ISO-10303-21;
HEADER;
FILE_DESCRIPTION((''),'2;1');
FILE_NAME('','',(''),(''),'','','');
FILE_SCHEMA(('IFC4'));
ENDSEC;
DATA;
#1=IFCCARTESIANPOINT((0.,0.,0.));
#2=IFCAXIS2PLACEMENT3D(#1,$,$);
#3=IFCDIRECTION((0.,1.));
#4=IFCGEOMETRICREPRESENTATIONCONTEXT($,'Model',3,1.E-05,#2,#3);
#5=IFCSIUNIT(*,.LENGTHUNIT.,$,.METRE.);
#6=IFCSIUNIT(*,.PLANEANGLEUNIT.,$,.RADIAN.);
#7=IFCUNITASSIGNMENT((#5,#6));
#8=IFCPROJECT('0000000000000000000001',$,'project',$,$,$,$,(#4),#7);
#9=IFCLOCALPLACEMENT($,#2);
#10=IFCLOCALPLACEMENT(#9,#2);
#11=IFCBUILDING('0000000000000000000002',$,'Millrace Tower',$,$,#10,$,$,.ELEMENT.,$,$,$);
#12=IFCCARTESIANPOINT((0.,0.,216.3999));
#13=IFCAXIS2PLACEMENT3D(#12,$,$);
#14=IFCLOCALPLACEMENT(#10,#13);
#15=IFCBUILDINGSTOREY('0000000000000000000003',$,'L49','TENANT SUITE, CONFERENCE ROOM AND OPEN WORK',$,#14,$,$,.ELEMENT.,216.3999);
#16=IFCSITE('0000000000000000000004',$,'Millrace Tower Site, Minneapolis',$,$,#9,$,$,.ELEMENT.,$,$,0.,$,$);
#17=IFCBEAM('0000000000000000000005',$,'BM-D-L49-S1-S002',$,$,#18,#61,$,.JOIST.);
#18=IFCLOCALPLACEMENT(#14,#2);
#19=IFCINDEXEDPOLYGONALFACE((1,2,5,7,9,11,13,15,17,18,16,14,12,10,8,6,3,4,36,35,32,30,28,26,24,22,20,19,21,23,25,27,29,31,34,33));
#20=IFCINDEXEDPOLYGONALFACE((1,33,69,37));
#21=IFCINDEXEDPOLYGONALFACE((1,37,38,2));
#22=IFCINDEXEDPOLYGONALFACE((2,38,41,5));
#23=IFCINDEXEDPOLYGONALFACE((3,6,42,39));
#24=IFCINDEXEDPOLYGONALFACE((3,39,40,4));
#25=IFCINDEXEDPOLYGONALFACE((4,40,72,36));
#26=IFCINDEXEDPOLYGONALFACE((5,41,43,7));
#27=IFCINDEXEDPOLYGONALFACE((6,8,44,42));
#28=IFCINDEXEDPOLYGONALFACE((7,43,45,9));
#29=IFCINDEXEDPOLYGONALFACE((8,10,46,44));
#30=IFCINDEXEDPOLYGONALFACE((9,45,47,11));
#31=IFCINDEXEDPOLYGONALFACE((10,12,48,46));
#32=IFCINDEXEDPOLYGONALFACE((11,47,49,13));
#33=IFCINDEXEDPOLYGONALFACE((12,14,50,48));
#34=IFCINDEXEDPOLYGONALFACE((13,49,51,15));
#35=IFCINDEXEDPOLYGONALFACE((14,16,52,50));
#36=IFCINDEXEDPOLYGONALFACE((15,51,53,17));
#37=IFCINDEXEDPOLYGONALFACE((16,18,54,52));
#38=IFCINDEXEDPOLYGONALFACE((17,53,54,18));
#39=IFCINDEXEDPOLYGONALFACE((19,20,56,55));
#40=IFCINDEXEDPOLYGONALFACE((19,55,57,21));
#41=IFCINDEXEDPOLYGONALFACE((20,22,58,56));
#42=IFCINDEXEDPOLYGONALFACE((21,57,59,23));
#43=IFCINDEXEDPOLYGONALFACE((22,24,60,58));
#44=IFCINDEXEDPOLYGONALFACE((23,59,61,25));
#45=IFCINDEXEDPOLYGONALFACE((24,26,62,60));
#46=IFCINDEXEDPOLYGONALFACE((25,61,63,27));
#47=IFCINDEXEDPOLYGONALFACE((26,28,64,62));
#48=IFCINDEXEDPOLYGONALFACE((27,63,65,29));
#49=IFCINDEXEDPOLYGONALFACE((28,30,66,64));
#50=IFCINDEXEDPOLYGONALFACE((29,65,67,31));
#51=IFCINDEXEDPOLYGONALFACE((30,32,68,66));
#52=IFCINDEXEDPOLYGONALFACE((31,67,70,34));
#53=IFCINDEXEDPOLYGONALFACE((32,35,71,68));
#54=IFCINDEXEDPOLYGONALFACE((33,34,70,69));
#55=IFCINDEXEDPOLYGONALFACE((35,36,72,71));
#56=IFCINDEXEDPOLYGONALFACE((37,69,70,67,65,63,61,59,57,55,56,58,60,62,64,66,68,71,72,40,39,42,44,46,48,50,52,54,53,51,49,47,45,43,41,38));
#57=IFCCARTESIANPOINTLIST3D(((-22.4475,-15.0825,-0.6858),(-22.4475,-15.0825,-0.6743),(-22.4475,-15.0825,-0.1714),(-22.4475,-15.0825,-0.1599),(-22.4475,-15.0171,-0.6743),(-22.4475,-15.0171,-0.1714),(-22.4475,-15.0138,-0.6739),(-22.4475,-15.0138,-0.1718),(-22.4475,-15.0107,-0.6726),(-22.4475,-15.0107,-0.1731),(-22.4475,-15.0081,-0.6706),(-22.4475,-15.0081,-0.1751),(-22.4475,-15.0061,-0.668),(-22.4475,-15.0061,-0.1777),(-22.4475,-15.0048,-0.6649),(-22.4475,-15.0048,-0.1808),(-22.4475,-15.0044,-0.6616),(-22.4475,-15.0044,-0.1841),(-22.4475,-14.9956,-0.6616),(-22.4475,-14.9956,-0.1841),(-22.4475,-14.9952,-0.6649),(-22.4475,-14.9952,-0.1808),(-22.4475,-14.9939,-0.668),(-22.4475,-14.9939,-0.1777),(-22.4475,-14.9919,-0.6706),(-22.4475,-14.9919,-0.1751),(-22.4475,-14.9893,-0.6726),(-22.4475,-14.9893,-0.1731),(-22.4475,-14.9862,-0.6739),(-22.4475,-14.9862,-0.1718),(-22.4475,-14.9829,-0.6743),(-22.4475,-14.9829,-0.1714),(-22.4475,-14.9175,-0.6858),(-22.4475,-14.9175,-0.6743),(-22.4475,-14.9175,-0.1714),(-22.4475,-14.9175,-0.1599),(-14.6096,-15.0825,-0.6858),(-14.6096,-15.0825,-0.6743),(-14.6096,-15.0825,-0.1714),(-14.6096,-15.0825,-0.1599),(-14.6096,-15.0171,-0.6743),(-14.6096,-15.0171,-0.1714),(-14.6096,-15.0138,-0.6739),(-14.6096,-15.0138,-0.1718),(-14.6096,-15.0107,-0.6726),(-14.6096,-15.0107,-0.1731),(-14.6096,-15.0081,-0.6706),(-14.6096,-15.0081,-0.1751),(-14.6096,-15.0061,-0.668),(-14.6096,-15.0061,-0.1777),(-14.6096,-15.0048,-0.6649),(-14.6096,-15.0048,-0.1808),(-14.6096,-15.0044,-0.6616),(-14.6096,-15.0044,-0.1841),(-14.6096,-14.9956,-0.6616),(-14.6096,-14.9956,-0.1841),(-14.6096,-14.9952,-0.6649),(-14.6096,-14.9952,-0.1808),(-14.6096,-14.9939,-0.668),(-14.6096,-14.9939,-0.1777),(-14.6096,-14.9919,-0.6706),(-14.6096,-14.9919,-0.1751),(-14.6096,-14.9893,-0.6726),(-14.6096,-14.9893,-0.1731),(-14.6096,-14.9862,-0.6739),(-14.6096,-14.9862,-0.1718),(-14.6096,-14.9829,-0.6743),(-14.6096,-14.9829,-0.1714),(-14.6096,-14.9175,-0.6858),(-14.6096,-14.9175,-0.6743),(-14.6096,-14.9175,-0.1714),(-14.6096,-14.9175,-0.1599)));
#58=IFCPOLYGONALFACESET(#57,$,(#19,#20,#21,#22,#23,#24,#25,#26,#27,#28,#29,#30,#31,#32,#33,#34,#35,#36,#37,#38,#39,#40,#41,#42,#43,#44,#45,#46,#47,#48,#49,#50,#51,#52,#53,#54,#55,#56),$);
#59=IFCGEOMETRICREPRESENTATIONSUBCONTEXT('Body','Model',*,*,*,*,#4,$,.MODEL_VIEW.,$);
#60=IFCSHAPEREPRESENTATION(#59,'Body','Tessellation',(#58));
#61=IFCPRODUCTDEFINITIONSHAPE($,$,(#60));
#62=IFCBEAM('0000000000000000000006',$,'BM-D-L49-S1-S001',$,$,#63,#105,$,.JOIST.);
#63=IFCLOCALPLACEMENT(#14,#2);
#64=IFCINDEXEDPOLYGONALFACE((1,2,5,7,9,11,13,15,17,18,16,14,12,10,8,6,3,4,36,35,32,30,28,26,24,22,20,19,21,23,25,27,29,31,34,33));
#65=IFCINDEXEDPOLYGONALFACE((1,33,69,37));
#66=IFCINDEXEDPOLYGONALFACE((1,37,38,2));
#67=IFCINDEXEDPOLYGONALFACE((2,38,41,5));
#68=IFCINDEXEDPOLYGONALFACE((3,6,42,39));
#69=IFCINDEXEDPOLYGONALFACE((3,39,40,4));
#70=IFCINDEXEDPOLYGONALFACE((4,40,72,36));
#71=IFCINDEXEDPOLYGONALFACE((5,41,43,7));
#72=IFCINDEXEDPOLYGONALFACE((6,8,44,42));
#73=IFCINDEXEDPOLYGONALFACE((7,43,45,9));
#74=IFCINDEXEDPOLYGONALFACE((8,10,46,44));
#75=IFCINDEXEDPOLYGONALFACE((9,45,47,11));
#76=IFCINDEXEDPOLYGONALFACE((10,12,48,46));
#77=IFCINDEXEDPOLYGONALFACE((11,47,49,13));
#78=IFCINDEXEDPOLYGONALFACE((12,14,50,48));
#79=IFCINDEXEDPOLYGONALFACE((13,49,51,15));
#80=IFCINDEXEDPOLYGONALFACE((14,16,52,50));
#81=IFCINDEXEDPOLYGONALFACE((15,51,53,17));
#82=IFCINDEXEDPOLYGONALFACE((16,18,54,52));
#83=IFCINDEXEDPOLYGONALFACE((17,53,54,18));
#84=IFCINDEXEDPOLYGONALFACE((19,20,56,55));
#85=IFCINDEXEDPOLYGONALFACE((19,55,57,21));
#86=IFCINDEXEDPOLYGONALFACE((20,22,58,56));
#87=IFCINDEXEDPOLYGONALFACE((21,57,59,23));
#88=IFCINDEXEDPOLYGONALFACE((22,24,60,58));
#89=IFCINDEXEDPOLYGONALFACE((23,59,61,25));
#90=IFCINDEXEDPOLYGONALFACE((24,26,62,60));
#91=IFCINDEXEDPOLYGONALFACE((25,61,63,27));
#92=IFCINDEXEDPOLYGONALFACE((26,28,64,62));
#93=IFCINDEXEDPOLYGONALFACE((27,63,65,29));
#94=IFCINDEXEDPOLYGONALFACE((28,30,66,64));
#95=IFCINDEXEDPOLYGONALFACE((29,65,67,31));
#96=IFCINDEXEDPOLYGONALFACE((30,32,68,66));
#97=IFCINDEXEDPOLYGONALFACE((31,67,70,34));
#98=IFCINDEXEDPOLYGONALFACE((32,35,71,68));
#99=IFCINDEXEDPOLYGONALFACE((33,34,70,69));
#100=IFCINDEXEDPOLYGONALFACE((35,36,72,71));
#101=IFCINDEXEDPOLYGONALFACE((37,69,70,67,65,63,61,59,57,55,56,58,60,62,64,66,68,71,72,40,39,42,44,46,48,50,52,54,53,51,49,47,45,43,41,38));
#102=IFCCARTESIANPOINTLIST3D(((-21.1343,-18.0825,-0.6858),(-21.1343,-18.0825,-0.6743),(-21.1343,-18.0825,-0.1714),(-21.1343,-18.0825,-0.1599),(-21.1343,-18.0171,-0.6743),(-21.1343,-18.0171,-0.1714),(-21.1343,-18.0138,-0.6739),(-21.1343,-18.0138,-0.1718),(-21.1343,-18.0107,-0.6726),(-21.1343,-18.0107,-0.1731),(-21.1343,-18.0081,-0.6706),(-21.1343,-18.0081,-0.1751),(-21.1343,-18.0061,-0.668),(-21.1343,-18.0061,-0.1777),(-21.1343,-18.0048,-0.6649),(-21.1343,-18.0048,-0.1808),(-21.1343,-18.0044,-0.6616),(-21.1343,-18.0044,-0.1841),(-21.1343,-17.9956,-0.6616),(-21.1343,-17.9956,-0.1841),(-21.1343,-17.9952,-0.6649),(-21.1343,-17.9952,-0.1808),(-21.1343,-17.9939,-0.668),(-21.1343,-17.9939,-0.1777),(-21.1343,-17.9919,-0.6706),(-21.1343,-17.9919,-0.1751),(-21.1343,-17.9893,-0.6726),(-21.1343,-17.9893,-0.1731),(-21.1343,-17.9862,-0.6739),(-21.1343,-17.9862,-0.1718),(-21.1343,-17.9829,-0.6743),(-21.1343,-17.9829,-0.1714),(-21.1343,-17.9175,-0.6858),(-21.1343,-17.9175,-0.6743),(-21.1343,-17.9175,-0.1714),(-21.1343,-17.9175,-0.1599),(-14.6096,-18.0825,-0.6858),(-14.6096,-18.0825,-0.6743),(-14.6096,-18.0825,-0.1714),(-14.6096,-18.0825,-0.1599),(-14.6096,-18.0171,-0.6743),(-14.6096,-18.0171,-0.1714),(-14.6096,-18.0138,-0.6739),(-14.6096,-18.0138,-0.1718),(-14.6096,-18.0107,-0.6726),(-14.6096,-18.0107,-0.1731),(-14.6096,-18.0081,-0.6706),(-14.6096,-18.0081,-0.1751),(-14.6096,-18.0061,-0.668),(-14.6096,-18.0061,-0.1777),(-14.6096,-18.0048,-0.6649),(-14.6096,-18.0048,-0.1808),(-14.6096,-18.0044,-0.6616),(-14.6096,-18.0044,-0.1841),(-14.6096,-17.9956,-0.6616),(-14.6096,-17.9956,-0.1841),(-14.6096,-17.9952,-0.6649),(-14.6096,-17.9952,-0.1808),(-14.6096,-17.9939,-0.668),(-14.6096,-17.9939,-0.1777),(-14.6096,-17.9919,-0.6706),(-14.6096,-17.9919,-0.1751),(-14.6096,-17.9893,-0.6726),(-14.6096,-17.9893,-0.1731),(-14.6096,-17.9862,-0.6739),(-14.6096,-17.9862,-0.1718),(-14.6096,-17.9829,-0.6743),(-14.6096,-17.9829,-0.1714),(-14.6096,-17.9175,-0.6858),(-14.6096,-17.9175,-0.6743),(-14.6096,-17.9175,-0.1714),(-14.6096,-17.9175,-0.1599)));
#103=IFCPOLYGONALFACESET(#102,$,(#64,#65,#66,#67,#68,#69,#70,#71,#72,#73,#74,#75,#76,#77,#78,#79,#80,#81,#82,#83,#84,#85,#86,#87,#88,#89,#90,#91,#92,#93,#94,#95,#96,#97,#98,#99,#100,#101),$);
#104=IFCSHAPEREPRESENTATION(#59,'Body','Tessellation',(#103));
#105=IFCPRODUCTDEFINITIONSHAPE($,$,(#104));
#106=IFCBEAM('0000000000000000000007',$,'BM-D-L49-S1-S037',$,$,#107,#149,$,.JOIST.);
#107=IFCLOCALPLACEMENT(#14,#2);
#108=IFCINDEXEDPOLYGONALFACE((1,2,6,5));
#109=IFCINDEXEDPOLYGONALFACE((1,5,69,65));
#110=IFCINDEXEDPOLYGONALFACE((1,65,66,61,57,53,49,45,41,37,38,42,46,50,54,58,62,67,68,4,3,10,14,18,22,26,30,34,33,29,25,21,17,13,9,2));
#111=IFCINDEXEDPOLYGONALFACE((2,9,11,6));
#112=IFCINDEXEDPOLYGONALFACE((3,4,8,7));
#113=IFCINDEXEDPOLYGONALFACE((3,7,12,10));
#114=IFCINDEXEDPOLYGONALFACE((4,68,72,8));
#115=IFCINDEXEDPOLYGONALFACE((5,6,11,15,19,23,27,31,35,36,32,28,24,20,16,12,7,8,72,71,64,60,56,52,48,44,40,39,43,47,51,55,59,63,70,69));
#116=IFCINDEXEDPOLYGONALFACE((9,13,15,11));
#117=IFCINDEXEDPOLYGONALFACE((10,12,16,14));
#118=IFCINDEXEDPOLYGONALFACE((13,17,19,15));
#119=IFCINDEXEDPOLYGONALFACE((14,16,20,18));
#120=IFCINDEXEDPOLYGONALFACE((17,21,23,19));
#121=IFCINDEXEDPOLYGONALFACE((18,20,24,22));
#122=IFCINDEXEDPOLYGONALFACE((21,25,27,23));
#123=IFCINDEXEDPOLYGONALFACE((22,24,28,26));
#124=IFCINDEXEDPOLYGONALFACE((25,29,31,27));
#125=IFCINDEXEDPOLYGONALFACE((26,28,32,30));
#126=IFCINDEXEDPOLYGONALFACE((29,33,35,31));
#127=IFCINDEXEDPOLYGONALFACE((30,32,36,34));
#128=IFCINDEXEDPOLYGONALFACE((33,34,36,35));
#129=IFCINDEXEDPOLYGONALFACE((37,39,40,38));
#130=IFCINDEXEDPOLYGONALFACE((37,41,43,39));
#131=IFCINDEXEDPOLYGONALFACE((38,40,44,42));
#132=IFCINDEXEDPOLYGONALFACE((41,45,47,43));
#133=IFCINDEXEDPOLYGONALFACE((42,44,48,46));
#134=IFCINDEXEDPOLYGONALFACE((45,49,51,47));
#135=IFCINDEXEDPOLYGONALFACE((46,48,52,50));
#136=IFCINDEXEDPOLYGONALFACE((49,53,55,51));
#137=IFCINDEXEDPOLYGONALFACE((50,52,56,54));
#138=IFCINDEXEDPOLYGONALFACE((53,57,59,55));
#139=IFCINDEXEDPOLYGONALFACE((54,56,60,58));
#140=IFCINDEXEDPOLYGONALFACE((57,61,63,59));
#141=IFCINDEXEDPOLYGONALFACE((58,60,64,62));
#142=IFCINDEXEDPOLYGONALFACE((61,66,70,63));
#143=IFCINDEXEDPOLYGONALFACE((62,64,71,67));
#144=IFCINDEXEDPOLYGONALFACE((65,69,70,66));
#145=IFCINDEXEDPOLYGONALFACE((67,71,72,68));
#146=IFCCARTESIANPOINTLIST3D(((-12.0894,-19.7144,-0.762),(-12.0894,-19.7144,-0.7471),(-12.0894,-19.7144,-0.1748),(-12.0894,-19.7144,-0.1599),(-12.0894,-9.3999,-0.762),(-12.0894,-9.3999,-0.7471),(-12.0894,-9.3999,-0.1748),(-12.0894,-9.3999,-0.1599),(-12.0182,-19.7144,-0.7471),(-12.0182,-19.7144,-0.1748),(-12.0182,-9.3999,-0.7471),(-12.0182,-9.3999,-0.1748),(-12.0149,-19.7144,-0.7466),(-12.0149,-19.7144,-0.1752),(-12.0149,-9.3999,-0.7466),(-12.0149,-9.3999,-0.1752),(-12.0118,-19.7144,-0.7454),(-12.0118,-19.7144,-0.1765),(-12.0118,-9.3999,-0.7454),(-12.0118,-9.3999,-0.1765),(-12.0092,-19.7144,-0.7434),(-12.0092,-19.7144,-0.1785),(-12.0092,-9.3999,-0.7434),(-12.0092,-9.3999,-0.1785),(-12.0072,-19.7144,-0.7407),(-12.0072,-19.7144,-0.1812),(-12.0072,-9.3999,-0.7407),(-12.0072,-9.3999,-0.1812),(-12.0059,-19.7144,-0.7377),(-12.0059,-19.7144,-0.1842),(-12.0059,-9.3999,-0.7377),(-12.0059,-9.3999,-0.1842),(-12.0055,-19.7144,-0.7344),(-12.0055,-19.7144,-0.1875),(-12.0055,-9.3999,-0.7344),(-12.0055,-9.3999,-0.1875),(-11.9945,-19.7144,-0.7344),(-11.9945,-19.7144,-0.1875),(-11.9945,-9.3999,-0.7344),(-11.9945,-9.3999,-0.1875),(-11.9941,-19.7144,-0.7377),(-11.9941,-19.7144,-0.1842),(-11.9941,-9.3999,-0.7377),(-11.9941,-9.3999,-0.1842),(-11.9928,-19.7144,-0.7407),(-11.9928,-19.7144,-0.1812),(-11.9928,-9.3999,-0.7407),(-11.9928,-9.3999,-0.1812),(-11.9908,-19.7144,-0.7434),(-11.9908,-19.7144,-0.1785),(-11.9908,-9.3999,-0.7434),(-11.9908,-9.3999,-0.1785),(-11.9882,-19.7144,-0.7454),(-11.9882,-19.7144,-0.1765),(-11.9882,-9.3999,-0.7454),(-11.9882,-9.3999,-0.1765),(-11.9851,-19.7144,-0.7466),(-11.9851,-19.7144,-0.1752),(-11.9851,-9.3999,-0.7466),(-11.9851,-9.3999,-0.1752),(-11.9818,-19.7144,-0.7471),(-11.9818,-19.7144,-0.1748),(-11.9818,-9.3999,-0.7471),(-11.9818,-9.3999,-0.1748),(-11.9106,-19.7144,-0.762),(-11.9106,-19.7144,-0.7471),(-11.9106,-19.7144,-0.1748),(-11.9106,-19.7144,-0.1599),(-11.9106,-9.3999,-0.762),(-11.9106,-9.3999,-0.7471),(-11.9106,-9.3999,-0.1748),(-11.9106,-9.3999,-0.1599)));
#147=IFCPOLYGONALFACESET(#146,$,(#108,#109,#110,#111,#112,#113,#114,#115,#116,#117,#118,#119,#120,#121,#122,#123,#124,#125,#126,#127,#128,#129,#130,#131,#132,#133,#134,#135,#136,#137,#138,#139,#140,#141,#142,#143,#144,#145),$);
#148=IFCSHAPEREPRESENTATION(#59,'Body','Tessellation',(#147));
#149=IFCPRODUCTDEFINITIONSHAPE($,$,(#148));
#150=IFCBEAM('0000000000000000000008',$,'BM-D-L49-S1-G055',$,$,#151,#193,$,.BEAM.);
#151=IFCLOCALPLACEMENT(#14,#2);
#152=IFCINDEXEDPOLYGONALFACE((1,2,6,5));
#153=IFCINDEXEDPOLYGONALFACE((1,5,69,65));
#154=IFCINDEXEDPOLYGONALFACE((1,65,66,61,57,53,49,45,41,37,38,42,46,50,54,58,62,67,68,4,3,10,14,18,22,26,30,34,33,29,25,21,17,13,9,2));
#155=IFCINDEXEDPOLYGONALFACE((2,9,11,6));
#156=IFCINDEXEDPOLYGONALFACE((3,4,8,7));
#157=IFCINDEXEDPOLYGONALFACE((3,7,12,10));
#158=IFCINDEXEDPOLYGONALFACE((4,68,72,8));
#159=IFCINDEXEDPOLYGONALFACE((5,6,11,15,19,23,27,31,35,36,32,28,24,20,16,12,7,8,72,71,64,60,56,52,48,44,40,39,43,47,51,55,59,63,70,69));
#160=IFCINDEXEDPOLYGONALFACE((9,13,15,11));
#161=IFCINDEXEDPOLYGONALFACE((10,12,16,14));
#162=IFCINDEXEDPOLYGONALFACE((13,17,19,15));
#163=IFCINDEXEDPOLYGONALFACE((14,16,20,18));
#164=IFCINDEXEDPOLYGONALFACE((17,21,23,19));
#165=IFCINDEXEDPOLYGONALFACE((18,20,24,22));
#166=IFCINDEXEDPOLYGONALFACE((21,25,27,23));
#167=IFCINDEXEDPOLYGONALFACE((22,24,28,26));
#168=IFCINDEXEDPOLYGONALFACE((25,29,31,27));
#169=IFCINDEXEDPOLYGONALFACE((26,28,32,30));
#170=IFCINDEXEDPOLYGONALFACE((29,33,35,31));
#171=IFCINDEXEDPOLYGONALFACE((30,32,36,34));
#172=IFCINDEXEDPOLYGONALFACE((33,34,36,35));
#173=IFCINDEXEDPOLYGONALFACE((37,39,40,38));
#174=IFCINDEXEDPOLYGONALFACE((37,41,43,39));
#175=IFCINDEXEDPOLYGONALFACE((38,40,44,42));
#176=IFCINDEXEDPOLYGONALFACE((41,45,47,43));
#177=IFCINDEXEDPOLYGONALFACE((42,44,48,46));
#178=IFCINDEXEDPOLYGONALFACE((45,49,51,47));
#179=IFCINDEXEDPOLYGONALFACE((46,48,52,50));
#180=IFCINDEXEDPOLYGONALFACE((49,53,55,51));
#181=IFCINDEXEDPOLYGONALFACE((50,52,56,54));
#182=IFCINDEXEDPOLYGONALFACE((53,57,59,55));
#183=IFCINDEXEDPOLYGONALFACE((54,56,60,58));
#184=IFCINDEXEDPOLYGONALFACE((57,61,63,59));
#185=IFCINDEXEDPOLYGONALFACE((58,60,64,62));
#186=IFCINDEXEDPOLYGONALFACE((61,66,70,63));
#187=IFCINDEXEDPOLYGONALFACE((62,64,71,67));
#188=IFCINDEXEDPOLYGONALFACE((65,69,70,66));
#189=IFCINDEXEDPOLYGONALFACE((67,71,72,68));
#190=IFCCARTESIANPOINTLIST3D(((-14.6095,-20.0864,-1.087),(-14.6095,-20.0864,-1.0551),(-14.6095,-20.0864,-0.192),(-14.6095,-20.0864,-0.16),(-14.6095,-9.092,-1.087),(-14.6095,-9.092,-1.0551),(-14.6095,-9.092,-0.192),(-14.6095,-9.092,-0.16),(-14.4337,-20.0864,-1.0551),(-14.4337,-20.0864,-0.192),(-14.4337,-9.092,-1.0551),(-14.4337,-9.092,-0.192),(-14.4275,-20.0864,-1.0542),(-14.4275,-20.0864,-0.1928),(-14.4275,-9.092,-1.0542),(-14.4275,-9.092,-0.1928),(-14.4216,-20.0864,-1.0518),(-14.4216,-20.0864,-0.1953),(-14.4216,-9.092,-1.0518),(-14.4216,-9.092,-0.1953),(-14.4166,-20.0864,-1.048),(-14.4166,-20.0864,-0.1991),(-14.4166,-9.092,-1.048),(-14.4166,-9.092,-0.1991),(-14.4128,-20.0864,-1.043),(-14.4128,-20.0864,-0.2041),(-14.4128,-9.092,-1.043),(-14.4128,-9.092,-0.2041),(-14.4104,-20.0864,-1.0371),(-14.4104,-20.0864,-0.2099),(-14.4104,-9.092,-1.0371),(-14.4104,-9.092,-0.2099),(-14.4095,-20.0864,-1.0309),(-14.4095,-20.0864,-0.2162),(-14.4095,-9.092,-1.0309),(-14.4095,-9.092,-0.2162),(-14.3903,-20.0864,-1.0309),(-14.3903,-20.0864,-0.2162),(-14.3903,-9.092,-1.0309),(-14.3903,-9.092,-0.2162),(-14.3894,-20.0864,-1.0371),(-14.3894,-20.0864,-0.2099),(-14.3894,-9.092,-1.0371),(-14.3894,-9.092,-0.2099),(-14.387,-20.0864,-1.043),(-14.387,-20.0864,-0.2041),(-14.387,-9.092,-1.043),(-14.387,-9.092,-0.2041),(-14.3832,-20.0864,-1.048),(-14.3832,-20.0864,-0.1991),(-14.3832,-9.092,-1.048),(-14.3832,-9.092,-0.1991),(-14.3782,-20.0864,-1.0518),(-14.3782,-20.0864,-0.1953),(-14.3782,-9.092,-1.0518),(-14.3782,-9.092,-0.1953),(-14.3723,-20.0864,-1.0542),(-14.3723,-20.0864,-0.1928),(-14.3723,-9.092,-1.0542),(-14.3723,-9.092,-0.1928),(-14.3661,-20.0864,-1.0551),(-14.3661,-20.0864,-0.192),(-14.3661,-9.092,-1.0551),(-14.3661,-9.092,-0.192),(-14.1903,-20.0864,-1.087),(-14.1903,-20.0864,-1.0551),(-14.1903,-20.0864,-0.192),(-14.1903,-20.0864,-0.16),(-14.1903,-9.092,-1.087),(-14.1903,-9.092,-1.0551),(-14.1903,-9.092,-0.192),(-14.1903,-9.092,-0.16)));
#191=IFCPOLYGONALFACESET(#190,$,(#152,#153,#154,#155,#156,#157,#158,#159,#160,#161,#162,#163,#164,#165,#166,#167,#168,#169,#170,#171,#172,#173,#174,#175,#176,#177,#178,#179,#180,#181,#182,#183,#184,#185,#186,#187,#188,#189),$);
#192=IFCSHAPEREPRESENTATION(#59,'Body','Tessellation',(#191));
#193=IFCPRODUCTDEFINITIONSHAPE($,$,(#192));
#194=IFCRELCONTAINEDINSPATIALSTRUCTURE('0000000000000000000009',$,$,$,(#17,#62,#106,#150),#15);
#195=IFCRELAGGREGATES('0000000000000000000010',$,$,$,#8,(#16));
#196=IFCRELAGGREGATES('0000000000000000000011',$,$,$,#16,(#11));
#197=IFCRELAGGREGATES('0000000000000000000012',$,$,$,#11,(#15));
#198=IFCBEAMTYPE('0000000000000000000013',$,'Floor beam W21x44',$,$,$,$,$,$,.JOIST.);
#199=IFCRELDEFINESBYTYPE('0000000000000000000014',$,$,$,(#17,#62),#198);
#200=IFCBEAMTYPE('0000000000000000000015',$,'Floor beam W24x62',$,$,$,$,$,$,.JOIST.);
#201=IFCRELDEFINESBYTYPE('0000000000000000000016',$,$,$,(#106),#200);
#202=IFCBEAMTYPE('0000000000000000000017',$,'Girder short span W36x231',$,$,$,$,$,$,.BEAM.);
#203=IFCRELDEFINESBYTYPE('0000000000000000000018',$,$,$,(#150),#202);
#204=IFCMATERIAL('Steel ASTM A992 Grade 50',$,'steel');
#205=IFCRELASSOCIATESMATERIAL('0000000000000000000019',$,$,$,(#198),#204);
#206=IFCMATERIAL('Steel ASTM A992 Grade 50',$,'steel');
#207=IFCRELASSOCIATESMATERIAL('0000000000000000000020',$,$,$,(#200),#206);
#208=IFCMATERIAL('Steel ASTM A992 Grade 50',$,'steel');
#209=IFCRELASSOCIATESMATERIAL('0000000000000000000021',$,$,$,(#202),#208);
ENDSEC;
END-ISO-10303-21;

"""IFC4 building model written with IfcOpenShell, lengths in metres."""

from ifc_helpers import new_model, si_unit, direction, frame, origin, origin_2d, place, context, subcontext, project, spatial, i_section, extrude, material, material_profile, profile_set, type_object, element, save


model = new_model("IFC4")

# Units and contexts
model_context = context("Model", 3, precision=1e-05, world=origin(), true_north=direction((0.0, 1.0)))
body_context = subcontext(model_context, "Body", "Model", "MODEL_VIEW")
ifc_project = project(units=[si_unit("LENGTHUNIT", "METRE"), si_unit("PLANEANGLEUNIT", "RADIAN")], contexts=[model_context])

# Site, building, storey
site_placement = place(None, origin())
site = spatial("IfcSite", under=ifc_project, at=site_placement, Name="Millrace Tower Site, Minneapolis", CompositionType="ELEMENT", RefElevation=0.0)
building_placement = place(site_placement, origin())
building = spatial("IfcBuilding", under=site, at=building_placement, Name="Millrace Tower", CompositionType="ELEMENT")
storey_placement = place(building_placement, frame((0.0, 0.0, 216.3999)))
storey = spatial("IfcBuildingStorey", under=building, at=storey_placement, Name="L49", Description="TENANT SUITE, CONFERENCE ROOM AND OPEN WORK", CompositionType="ELEMENT", Elevation=216.3999)

# Beams
ifc_material_1 = material(Name="Steel ASTM A992 Grade 50", Category="steel")
ifc_material_profile_1 = material_profile(ifc_material_1, i_section(OverallWidth=0.165, OverallDepth=0.5259, WebThickness=0.0088, FlangeThickness=0.0115, FilletRadius=0.0127, at=origin_2d()))
ifc_profile_set_1 = profile_set([ifc_material_profile_1], Name="Steel ASTM A992 Grade 50")
beam_type_1 = type_object("IfcBeamType", Name="Floor beam W21x44", PredefinedType="JOIST", material=ifc_profile_set_1)
beam_1_placement = place(storey_placement, frame((-22.4475, -15.0, -0.4229), z_axis=(1.0, 0.0, 0.0), x_axis=(0.0, 1.0, 0.0)))
element("IfcBeam", 1, at=beam_1_placement, inside=storey, type_object=beam_type_1, Name="BM-D-L49-S1-S002", PredefinedType="JOIST", context=body_context, shape_type="SweptSolid", body=[
    extrude(i_section(OverallWidth=0.165, OverallDepth=0.5259, WebThickness=0.0088, FlangeThickness=0.0115, FilletRadius=0.0127, at=origin_2d()), origin(), (0.0, 0.0, 1.0), 7.8379),
])
beam_2_placement = place(storey_placement, frame((-21.1343, -18.0, -0.4229), z_axis=(1.0, 0.0, 0.0), x_axis=(0.0, 1.0, 0.0)))
element("IfcBeam", 2, at=beam_2_placement, inside=storey, type_object=beam_type_1, Name="BM-D-L49-S1-S001", PredefinedType="JOIST", context=body_context, shape_type="SweptSolid", body=[
    extrude(i_section(OverallWidth=0.165, OverallDepth=0.5259, WebThickness=0.0088, FlangeThickness=0.0115, FilletRadius=0.0127, at=origin_2d()), origin(), (0.0, 0.0, 1.0), 6.5247),
])
ifc_material_2 = material(Name="Steel ASTM A992 Grade 50", Category="steel")
ifc_material_profile_2 = material_profile(ifc_material_2, i_section(OverallWidth=0.1787, OverallDepth=0.6021, WebThickness=0.011, FlangeThickness=0.0149, FilletRadius=0.0127, at=origin_2d()))
ifc_profile_set_2 = profile_set([ifc_material_profile_2], Name="Steel ASTM A992 Grade 50")
beam_type_2 = type_object("IfcBeamType", Name="Floor beam W24x62", PredefinedType="JOIST", material=ifc_profile_set_2)
beam_3_placement = place(storey_placement, frame((-12.0, -19.7144, -0.4609), z_axis=(0.0, 1.0, 0.0), x_axis=(-1.0, 0.0, 0.0)))
element("IfcBeam", 3, at=beam_3_placement, inside=storey, type_object=beam_type_2, Name="BM-D-L49-S1-S037", PredefinedType="JOIST", context=body_context, shape_type="SweptSolid", body=[
    extrude(i_section(OverallWidth=0.1787, OverallDepth=0.6021, WebThickness=0.011, FlangeThickness=0.0149, FilletRadius=0.0127, at=origin_2d()), origin(), (0.0, 0.0, 1.0), 10.3145),
])
ifc_material_3 = material(Name="Steel ASTM A992 Grade 50", Category="steel")
ifc_material_profile_3 = material_profile(ifc_material_3, i_section(OverallWidth=0.4192, OverallDepth=0.927, WebThickness=0.0193, FlangeThickness=0.032, FilletRadius=0.0242, at=origin_2d()))
ifc_profile_set_3 = profile_set([ifc_material_profile_3], Name="Steel ASTM A992 Grade 50")
beam_type_3 = type_object("IfcBeamType", Name="Girder short span W36x231", PredefinedType="BEAM", material=ifc_profile_set_3)
beam_4_placement = place(storey_placement, frame((-14.3999, -20.0864, -0.6235), z_axis=(0.0, 1.0, 0.0), x_axis=(-1.0, 0.0, 0.0)))
element("IfcBeam", 4, at=beam_4_placement, inside=storey, type_object=beam_type_3, Name="BM-D-L49-S1-G055", PredefinedType="BEAM", context=body_context, shape_type="SweptSolid", body=[
    extrude(i_section(OverallWidth=0.4192, OverallDepth=0.927, WebThickness=0.0193, FlangeThickness=0.032, FilletRadius=0.0242, at=origin_2d()), origin(), (0.0, 0.0, 1.0), 10.9944),
])

save(model, "model.ifc")
